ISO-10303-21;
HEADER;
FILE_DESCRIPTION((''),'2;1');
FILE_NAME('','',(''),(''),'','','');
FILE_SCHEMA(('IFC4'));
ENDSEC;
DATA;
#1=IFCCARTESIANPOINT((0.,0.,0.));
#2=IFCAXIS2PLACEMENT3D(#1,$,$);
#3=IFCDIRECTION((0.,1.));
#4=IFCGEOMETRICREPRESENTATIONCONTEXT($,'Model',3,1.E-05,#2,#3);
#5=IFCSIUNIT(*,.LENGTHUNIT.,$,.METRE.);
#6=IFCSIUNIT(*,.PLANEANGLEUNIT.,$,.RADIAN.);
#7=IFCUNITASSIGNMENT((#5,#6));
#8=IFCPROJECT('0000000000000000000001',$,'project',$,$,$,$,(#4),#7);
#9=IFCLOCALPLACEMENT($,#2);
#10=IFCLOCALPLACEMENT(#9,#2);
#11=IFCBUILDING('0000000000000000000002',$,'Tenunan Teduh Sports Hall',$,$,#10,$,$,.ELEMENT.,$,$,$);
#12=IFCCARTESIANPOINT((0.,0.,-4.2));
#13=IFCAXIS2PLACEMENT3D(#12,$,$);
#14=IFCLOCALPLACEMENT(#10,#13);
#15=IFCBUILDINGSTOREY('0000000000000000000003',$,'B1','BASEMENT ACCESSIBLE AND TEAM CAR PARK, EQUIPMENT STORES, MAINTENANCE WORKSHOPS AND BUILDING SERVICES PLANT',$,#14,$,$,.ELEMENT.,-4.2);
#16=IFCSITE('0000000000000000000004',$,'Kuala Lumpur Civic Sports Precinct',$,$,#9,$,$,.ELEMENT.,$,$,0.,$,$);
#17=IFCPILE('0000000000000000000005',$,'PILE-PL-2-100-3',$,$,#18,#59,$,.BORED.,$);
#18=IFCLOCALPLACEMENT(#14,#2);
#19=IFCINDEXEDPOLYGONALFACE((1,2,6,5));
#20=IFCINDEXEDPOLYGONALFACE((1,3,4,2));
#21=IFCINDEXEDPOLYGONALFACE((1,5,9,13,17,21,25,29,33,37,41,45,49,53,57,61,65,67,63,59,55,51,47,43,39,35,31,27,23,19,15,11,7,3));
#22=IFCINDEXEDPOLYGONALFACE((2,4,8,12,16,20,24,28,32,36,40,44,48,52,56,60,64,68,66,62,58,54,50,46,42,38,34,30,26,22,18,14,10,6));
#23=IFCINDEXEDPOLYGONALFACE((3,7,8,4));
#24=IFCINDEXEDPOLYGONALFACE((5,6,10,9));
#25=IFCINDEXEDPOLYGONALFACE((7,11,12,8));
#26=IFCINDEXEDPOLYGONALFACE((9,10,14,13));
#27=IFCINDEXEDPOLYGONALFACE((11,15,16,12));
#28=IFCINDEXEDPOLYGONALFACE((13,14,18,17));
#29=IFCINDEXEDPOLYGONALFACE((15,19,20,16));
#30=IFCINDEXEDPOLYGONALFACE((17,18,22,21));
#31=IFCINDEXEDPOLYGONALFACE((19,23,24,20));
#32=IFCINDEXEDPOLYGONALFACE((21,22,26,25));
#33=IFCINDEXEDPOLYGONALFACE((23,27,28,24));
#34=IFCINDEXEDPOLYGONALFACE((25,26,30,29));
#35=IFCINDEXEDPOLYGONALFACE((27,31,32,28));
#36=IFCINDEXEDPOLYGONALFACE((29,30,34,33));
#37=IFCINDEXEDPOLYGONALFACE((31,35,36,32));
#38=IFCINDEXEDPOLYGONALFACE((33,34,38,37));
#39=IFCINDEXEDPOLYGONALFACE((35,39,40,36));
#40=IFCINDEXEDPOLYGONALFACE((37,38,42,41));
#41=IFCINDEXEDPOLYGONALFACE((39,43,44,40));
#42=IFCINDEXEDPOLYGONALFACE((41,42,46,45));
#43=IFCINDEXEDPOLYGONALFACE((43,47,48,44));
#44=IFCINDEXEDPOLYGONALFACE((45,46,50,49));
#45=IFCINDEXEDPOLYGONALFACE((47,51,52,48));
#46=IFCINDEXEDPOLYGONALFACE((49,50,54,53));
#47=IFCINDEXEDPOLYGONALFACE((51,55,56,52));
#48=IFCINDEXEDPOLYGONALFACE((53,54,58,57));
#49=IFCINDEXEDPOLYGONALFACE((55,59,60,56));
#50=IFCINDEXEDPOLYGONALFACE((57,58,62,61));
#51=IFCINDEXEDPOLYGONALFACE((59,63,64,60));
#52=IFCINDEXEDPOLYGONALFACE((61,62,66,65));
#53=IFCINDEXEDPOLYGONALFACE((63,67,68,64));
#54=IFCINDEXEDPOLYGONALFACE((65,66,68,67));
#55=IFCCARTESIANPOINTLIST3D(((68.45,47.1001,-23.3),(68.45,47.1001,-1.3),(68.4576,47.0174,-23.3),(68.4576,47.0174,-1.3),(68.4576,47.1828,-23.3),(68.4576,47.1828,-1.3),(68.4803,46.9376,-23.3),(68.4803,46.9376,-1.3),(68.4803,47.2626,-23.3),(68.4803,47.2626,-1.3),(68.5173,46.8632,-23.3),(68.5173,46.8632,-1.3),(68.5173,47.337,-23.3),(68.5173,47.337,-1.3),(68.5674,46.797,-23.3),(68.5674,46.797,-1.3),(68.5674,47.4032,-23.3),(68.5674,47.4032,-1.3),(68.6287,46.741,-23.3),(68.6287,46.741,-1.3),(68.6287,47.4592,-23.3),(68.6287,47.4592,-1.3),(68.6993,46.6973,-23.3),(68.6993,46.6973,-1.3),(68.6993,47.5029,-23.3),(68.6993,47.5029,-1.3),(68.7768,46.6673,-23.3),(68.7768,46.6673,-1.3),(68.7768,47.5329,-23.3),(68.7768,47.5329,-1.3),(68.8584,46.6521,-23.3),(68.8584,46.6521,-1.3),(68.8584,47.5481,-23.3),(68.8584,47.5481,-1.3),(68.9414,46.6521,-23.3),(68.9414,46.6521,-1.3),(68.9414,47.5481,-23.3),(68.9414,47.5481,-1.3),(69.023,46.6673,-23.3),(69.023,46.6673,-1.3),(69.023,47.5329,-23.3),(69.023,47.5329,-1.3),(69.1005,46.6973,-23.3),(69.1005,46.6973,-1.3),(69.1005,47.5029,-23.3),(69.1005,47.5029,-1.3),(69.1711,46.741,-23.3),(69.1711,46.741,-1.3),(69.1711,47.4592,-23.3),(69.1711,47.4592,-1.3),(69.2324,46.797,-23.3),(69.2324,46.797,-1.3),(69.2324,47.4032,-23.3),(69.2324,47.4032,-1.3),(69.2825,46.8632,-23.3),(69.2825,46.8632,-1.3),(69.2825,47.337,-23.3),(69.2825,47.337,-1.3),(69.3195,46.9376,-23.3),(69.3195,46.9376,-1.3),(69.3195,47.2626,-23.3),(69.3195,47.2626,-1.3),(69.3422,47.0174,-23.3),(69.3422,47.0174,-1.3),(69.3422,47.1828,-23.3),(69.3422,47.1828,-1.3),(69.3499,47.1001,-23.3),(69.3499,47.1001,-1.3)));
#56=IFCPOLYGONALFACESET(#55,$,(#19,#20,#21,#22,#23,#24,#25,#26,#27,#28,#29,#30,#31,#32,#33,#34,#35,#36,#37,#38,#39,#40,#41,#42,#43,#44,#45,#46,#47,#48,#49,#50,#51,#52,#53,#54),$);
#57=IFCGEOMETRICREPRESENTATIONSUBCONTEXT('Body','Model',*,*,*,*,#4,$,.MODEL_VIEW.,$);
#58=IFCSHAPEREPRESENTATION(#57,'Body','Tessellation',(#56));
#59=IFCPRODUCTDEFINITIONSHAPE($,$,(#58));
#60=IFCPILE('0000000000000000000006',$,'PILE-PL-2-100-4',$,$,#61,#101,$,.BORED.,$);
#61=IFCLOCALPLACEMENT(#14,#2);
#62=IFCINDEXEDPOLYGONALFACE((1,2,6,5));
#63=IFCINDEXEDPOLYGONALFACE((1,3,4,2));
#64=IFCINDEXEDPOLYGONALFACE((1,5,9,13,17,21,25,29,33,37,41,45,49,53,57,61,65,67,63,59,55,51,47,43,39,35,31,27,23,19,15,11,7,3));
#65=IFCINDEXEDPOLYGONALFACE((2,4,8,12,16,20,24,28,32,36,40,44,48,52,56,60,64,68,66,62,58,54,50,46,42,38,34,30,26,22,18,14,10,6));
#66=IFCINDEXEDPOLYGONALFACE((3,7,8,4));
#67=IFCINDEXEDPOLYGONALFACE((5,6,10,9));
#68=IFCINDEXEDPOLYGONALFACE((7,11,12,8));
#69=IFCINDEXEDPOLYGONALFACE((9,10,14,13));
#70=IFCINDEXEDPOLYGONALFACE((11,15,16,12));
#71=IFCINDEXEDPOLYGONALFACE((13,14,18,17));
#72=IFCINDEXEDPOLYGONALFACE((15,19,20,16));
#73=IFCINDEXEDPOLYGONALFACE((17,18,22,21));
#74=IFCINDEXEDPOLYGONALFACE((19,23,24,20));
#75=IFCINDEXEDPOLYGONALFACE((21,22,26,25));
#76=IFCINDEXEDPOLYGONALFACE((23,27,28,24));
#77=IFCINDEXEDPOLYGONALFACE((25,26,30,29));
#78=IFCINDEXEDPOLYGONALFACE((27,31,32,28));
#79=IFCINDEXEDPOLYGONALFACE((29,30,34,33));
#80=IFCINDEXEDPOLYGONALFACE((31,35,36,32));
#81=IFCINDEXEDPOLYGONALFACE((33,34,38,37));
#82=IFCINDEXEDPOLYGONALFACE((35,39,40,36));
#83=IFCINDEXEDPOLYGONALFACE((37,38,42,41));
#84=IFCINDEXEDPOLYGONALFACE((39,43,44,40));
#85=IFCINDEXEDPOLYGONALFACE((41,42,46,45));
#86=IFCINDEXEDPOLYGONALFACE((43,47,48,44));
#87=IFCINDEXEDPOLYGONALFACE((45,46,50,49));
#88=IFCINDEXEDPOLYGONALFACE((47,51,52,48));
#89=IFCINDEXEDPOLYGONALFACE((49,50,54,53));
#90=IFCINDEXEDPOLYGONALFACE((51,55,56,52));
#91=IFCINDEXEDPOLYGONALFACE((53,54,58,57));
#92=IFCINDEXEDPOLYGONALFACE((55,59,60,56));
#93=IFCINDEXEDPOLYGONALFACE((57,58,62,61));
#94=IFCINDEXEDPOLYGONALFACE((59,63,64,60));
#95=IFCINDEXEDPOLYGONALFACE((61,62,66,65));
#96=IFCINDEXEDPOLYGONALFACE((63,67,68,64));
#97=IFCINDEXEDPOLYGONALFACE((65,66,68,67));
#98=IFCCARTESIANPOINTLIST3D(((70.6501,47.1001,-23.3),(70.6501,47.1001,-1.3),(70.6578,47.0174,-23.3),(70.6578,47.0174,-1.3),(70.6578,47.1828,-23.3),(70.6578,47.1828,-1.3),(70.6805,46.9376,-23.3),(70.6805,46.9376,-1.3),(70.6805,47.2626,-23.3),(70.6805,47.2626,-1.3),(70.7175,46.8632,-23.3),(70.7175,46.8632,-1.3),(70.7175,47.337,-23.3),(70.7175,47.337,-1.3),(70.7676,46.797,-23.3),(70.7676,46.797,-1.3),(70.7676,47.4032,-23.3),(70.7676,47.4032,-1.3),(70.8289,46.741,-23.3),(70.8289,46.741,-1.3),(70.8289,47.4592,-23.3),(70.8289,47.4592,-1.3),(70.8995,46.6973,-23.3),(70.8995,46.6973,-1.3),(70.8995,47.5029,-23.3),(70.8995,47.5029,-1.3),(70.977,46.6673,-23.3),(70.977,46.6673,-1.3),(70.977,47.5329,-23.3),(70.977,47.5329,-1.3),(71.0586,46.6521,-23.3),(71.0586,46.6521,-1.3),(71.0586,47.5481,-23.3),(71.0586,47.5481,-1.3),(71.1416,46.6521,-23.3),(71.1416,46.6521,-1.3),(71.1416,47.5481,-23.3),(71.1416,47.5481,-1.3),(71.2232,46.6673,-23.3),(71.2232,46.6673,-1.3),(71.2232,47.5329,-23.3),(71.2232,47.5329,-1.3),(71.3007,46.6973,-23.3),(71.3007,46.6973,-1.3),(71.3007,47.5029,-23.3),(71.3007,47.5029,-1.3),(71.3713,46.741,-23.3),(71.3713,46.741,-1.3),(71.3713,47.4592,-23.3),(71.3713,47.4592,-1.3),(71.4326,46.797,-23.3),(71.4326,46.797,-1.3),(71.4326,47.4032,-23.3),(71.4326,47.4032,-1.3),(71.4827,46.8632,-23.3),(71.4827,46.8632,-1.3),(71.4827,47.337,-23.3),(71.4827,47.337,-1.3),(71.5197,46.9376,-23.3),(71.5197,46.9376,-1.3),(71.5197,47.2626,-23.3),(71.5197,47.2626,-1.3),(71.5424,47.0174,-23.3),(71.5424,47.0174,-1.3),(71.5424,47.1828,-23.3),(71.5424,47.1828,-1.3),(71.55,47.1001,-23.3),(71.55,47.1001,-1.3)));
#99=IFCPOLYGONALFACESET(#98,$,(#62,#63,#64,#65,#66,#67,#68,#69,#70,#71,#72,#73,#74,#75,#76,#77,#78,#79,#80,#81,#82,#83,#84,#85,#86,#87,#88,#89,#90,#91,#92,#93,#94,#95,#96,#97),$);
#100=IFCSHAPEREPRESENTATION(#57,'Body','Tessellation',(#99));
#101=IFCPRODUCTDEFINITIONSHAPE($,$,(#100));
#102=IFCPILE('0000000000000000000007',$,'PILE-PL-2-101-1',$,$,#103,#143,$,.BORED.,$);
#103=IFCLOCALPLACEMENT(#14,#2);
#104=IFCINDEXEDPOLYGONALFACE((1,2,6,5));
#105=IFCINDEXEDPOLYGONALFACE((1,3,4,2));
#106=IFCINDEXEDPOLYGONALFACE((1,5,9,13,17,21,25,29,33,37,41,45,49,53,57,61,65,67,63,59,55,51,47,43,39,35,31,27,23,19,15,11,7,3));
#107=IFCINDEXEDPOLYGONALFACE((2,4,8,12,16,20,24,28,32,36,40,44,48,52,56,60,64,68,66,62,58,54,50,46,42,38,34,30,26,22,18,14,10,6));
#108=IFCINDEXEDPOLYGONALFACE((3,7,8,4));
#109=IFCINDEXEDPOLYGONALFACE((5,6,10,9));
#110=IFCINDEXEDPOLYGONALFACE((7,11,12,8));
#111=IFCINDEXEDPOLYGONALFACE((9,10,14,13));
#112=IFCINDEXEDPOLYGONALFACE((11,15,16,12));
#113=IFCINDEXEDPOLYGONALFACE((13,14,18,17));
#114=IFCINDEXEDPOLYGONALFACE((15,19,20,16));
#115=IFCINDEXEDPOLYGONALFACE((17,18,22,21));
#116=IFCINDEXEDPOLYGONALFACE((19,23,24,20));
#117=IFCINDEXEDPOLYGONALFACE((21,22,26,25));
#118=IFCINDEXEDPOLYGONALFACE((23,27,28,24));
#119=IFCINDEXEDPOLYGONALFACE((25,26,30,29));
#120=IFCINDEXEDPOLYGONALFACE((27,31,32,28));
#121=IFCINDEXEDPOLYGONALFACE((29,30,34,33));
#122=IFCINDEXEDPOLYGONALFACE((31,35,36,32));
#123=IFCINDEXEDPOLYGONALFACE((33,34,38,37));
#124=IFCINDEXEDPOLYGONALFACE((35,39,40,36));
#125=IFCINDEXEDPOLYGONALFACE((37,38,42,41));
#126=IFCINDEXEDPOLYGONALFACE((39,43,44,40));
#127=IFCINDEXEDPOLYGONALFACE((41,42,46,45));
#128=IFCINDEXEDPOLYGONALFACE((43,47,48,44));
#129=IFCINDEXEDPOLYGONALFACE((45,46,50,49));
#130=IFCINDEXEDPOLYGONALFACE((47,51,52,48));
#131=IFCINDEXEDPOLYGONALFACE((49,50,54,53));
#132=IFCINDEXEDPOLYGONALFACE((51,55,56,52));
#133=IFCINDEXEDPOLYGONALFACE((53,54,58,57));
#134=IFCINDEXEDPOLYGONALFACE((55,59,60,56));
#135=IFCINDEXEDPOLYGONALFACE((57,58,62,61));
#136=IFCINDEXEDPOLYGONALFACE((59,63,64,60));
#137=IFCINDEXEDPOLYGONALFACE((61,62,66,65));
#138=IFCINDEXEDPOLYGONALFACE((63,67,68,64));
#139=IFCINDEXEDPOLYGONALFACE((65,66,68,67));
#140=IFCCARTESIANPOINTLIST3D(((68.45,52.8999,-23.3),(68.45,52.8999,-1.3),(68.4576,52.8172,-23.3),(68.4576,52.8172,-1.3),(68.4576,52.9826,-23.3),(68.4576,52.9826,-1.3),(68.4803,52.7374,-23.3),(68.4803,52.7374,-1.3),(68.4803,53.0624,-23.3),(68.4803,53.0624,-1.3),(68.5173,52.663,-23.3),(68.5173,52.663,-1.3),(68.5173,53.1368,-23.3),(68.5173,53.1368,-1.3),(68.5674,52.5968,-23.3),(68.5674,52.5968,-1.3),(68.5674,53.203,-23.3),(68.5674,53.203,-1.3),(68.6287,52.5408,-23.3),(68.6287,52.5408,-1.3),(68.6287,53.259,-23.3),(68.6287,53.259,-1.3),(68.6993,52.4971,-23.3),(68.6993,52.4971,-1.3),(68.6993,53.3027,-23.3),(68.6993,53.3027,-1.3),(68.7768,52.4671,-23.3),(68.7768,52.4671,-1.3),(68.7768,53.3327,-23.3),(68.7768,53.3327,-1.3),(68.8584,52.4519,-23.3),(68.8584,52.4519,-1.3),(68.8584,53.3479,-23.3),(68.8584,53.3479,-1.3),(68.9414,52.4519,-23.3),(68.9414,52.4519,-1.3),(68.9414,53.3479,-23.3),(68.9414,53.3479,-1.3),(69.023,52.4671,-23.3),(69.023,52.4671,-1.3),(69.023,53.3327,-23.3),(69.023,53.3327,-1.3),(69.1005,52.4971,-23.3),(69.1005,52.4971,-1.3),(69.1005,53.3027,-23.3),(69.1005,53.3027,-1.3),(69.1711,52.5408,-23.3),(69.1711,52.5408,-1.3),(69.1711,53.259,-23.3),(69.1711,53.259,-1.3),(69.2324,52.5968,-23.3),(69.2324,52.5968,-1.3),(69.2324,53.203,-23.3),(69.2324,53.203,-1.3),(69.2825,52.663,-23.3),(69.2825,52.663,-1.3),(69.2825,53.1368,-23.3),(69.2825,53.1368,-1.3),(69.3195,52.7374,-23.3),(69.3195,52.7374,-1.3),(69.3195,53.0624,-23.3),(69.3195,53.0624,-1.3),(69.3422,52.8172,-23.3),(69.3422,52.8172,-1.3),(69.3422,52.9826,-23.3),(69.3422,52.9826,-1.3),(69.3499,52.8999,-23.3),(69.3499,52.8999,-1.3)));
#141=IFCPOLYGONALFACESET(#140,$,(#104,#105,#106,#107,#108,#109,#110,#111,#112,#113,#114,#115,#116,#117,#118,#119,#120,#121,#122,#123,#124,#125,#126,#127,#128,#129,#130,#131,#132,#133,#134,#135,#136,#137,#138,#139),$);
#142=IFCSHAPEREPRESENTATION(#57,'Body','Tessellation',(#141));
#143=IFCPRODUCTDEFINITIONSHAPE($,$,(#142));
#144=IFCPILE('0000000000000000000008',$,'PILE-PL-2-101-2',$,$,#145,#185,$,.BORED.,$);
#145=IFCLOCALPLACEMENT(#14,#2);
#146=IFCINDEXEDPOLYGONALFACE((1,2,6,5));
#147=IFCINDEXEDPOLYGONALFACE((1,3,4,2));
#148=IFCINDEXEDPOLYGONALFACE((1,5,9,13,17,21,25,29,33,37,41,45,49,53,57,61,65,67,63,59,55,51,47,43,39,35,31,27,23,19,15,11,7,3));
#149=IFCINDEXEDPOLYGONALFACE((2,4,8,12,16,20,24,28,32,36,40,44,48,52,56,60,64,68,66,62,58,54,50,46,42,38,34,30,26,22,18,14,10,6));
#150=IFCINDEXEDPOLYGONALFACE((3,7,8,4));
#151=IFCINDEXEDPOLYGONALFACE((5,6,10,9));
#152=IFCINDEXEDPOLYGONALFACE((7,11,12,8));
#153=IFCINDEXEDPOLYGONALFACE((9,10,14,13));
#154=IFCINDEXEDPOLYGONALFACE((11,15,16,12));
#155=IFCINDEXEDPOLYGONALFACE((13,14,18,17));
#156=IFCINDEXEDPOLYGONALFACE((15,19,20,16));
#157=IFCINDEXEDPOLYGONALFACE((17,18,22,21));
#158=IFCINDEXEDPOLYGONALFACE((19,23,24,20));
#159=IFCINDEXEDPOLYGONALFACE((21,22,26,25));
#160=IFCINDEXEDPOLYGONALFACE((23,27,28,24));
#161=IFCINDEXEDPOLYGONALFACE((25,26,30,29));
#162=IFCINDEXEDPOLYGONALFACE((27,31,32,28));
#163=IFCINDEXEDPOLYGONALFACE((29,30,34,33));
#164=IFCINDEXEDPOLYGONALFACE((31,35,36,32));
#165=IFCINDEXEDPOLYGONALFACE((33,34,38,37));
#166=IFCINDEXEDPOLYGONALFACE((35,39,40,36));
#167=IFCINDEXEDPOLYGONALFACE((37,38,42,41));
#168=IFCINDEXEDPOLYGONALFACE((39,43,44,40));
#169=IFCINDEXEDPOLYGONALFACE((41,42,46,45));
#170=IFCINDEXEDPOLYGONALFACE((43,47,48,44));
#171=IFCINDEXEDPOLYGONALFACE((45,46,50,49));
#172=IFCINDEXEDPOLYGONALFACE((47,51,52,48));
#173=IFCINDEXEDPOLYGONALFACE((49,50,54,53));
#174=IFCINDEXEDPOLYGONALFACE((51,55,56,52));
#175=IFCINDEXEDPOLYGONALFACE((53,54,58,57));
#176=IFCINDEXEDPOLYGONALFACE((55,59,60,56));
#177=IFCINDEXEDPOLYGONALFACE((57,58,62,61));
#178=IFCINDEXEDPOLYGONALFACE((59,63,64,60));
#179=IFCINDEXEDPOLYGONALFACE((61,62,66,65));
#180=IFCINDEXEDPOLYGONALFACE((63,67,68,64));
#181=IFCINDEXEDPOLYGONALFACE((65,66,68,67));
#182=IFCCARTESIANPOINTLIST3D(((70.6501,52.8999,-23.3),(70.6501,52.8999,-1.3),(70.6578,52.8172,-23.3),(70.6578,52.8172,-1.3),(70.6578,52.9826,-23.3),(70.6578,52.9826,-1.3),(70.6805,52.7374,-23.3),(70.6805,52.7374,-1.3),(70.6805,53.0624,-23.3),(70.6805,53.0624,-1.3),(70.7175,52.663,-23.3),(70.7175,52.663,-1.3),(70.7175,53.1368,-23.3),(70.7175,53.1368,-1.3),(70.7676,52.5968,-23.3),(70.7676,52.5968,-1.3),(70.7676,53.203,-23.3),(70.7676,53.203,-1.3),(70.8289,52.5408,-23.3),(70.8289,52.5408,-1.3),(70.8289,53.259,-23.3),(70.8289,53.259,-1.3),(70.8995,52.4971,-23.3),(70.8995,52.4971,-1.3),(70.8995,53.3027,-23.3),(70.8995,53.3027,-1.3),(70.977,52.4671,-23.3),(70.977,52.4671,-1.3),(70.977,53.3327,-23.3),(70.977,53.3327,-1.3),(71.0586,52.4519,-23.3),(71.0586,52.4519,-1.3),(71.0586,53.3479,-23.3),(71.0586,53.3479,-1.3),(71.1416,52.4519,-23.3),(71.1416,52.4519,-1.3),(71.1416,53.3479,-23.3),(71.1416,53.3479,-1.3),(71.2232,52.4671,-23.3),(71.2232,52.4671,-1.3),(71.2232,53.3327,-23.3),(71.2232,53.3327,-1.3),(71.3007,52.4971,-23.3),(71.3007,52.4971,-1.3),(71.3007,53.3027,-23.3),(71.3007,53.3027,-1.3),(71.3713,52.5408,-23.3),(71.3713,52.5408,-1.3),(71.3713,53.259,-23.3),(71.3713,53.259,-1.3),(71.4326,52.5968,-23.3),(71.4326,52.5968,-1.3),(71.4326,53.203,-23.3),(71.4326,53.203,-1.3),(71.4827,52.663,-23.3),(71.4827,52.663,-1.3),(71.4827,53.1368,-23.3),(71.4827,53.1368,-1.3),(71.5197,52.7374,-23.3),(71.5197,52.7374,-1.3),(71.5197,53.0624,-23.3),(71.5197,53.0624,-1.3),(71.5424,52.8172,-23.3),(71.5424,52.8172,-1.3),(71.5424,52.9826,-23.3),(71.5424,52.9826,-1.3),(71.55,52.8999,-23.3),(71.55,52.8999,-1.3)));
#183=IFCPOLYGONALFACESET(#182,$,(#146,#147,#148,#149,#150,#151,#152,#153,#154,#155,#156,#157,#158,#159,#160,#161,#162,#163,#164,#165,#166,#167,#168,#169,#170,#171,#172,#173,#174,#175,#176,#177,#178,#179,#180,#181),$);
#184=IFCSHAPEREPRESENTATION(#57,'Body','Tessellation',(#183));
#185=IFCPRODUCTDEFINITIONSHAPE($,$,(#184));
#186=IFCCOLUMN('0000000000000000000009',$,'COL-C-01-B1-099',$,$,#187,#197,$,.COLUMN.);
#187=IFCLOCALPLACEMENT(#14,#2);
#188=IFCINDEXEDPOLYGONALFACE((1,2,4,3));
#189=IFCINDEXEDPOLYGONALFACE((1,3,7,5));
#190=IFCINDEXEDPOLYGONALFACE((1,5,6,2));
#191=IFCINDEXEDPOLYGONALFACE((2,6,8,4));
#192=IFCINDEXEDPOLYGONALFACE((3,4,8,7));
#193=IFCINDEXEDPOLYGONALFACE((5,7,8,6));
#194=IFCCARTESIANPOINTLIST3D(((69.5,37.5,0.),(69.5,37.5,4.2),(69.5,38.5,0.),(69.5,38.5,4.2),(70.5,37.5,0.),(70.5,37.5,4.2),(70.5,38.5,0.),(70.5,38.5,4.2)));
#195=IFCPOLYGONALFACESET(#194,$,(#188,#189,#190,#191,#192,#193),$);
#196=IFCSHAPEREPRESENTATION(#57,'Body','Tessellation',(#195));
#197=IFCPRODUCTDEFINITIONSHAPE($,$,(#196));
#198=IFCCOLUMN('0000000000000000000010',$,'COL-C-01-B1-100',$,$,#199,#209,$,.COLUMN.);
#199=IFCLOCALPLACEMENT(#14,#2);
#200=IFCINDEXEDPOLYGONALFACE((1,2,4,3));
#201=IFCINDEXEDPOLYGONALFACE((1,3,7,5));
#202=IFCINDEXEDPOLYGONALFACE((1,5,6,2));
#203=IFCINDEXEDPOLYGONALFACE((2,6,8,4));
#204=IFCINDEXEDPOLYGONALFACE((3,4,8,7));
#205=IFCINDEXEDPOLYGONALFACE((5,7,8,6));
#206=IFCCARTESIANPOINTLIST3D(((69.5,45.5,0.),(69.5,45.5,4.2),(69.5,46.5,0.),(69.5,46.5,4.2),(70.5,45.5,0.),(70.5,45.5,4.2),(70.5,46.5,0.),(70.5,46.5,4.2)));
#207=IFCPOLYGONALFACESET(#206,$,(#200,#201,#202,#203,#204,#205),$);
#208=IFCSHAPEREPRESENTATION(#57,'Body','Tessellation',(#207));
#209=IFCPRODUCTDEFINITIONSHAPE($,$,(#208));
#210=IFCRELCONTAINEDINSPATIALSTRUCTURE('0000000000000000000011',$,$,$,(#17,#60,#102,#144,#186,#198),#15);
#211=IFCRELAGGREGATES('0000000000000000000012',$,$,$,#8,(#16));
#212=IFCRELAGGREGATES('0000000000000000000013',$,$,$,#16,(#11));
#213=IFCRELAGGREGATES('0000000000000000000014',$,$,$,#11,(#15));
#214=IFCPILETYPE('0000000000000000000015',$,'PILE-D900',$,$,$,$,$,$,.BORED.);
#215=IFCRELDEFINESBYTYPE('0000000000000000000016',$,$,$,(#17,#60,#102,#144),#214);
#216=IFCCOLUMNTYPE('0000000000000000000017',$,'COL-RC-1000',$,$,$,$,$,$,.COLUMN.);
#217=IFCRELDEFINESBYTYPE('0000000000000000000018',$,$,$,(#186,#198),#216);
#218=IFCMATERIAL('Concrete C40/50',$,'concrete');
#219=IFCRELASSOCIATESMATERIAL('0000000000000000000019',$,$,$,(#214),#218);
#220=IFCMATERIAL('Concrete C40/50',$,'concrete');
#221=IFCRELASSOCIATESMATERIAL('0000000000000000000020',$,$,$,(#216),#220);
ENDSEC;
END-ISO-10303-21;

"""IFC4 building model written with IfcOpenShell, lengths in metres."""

from ifc_helpers import new_model, si_unit, direction, frame, origin, origin_2d, place, context, subcontext, project, spatial, rectangle, circle, extrude, material, material_profile, profile_set, type_object, element, save


model = new_model("IFC4")

# Units and contexts
model_context = context("Model", 3, precision=1e-05, world=origin(), true_north=direction((0.0, 1.0)))
body_context = subcontext(model_context, "Body", "Model", "MODEL_VIEW")
ifc_project = project(units=[si_unit("LENGTHUNIT", "METRE"), si_unit("PLANEANGLEUNIT", "RADIAN")], contexts=[model_context])

# Site, building, storey
site_placement = place(None, origin())
site = spatial("IfcSite", under=ifc_project, at=site_placement, Name="Kuala Lumpur Civic Sports Precinct", CompositionType="ELEMENT", RefElevation=0.0)
building_placement = place(site_placement, origin())
building = spatial("IfcBuilding", under=site, at=building_placement, Name="Tenunan Teduh Sports Hall", CompositionType="ELEMENT")
storey_placement = place(building_placement, frame((0.0, 0.0, -4.2)))
storey = spatial("IfcBuildingStorey", under=building, at=storey_placement, Name="B1", Description="BASEMENT ACCESSIBLE AND TEAM CAR PARK, EQUIPMENT STORES, MAINTENANCE WORKSHOPS AND BUILDING SERVICES PLANT", CompositionType="ELEMENT", Elevation=-4.2)

# Piles
ifc_material_1 = material(Name="Concrete C40/50", Category="concrete")
ifc_material_profile_1 = material_profile(ifc_material_1, circle(Radius=0.45, at=origin_2d()), Name="PILE D900")
ifc_profile_set_1 = profile_set([ifc_material_profile_1], Name="Concrete C40/50")
pile_type_1 = type_object("IfcPileType", Name="PILE-D900", PredefinedType="BORED", material=ifc_profile_set_1)
for number, where, z_axis, x_axis, name in (
    (1, (68.8999, 47.1001, -1.3), (0.0, 0.0, -1.0), (1.0, 0.0, 0.0), "PILE-PL-2-100-3"),
    (2, (71.1001, 47.1001, -1.3), (0.0, 0.0, -1.0), (1.0, 0.0, 0.0), "PILE-PL-2-100-4"),
    (3, (68.8999, 52.8999, -1.3), (0.0, 0.0, -1.0), (1.0, 0.0, 0.0), "PILE-PL-2-101-1"),
    (4, (71.1001, 52.8999, -1.3), (0.0, 0.0, -1.0), (1.0, 0.0, 0.0), "PILE-PL-2-101-2"),
):
    element("IfcPile", number, at=place(storey_placement, frame(where, z_axis=z_axis, x_axis=x_axis)), inside=storey, type_object=pile_type_1, Name=name, PredefinedType="BORED", context=body_context, shape_type="SweptSolid", body=[
        extrude(circle(Radius=0.45, at=origin_2d()), origin(), (0.0, 0.0, 1.0), 22.0),
    ])

# Columns
ifc_material_2 = material(Name="Concrete C40/50", Category="concrete")
ifc_material_profile_2 = material_profile(ifc_material_2, rectangle(XDim=1.0, YDim=1.0, at=origin_2d()), Name="RC 1000x1000")
ifc_profile_set_2 = profile_set([ifc_material_profile_2], Name="Concrete C40/50")
column_type_1 = type_object("IfcColumnType", Name="COL-RC-1000", PredefinedType="COLUMN", material=ifc_profile_set_2)
for number, where, z_axis, x_axis, name in (
    (5, (70.0, 38.0, 0.0), (0.0, 0.0, 1.0), (1.0, 0.0, 0.0), "COL-C-01-B1-099"),
    (6, (70.0, 46.0, 0.0), (0.0, 0.0, 1.0), (1.0, 0.0, 0.0), "COL-C-01-B1-100"),
):
    element("IfcColumn", number, at=place(storey_placement, frame(where, z_axis=z_axis, x_axis=x_axis)), inside=storey, type_object=column_type_1, Name=name, PredefinedType="COLUMN", context=body_context, shape_type="SweptSolid", body=[
        extrude(rectangle(XDim=1.0, YDim=1.0, at=origin_2d()), origin(), (0.0, 0.0, 1.0), 4.2),
    ])

save(model, "model.ifc")
